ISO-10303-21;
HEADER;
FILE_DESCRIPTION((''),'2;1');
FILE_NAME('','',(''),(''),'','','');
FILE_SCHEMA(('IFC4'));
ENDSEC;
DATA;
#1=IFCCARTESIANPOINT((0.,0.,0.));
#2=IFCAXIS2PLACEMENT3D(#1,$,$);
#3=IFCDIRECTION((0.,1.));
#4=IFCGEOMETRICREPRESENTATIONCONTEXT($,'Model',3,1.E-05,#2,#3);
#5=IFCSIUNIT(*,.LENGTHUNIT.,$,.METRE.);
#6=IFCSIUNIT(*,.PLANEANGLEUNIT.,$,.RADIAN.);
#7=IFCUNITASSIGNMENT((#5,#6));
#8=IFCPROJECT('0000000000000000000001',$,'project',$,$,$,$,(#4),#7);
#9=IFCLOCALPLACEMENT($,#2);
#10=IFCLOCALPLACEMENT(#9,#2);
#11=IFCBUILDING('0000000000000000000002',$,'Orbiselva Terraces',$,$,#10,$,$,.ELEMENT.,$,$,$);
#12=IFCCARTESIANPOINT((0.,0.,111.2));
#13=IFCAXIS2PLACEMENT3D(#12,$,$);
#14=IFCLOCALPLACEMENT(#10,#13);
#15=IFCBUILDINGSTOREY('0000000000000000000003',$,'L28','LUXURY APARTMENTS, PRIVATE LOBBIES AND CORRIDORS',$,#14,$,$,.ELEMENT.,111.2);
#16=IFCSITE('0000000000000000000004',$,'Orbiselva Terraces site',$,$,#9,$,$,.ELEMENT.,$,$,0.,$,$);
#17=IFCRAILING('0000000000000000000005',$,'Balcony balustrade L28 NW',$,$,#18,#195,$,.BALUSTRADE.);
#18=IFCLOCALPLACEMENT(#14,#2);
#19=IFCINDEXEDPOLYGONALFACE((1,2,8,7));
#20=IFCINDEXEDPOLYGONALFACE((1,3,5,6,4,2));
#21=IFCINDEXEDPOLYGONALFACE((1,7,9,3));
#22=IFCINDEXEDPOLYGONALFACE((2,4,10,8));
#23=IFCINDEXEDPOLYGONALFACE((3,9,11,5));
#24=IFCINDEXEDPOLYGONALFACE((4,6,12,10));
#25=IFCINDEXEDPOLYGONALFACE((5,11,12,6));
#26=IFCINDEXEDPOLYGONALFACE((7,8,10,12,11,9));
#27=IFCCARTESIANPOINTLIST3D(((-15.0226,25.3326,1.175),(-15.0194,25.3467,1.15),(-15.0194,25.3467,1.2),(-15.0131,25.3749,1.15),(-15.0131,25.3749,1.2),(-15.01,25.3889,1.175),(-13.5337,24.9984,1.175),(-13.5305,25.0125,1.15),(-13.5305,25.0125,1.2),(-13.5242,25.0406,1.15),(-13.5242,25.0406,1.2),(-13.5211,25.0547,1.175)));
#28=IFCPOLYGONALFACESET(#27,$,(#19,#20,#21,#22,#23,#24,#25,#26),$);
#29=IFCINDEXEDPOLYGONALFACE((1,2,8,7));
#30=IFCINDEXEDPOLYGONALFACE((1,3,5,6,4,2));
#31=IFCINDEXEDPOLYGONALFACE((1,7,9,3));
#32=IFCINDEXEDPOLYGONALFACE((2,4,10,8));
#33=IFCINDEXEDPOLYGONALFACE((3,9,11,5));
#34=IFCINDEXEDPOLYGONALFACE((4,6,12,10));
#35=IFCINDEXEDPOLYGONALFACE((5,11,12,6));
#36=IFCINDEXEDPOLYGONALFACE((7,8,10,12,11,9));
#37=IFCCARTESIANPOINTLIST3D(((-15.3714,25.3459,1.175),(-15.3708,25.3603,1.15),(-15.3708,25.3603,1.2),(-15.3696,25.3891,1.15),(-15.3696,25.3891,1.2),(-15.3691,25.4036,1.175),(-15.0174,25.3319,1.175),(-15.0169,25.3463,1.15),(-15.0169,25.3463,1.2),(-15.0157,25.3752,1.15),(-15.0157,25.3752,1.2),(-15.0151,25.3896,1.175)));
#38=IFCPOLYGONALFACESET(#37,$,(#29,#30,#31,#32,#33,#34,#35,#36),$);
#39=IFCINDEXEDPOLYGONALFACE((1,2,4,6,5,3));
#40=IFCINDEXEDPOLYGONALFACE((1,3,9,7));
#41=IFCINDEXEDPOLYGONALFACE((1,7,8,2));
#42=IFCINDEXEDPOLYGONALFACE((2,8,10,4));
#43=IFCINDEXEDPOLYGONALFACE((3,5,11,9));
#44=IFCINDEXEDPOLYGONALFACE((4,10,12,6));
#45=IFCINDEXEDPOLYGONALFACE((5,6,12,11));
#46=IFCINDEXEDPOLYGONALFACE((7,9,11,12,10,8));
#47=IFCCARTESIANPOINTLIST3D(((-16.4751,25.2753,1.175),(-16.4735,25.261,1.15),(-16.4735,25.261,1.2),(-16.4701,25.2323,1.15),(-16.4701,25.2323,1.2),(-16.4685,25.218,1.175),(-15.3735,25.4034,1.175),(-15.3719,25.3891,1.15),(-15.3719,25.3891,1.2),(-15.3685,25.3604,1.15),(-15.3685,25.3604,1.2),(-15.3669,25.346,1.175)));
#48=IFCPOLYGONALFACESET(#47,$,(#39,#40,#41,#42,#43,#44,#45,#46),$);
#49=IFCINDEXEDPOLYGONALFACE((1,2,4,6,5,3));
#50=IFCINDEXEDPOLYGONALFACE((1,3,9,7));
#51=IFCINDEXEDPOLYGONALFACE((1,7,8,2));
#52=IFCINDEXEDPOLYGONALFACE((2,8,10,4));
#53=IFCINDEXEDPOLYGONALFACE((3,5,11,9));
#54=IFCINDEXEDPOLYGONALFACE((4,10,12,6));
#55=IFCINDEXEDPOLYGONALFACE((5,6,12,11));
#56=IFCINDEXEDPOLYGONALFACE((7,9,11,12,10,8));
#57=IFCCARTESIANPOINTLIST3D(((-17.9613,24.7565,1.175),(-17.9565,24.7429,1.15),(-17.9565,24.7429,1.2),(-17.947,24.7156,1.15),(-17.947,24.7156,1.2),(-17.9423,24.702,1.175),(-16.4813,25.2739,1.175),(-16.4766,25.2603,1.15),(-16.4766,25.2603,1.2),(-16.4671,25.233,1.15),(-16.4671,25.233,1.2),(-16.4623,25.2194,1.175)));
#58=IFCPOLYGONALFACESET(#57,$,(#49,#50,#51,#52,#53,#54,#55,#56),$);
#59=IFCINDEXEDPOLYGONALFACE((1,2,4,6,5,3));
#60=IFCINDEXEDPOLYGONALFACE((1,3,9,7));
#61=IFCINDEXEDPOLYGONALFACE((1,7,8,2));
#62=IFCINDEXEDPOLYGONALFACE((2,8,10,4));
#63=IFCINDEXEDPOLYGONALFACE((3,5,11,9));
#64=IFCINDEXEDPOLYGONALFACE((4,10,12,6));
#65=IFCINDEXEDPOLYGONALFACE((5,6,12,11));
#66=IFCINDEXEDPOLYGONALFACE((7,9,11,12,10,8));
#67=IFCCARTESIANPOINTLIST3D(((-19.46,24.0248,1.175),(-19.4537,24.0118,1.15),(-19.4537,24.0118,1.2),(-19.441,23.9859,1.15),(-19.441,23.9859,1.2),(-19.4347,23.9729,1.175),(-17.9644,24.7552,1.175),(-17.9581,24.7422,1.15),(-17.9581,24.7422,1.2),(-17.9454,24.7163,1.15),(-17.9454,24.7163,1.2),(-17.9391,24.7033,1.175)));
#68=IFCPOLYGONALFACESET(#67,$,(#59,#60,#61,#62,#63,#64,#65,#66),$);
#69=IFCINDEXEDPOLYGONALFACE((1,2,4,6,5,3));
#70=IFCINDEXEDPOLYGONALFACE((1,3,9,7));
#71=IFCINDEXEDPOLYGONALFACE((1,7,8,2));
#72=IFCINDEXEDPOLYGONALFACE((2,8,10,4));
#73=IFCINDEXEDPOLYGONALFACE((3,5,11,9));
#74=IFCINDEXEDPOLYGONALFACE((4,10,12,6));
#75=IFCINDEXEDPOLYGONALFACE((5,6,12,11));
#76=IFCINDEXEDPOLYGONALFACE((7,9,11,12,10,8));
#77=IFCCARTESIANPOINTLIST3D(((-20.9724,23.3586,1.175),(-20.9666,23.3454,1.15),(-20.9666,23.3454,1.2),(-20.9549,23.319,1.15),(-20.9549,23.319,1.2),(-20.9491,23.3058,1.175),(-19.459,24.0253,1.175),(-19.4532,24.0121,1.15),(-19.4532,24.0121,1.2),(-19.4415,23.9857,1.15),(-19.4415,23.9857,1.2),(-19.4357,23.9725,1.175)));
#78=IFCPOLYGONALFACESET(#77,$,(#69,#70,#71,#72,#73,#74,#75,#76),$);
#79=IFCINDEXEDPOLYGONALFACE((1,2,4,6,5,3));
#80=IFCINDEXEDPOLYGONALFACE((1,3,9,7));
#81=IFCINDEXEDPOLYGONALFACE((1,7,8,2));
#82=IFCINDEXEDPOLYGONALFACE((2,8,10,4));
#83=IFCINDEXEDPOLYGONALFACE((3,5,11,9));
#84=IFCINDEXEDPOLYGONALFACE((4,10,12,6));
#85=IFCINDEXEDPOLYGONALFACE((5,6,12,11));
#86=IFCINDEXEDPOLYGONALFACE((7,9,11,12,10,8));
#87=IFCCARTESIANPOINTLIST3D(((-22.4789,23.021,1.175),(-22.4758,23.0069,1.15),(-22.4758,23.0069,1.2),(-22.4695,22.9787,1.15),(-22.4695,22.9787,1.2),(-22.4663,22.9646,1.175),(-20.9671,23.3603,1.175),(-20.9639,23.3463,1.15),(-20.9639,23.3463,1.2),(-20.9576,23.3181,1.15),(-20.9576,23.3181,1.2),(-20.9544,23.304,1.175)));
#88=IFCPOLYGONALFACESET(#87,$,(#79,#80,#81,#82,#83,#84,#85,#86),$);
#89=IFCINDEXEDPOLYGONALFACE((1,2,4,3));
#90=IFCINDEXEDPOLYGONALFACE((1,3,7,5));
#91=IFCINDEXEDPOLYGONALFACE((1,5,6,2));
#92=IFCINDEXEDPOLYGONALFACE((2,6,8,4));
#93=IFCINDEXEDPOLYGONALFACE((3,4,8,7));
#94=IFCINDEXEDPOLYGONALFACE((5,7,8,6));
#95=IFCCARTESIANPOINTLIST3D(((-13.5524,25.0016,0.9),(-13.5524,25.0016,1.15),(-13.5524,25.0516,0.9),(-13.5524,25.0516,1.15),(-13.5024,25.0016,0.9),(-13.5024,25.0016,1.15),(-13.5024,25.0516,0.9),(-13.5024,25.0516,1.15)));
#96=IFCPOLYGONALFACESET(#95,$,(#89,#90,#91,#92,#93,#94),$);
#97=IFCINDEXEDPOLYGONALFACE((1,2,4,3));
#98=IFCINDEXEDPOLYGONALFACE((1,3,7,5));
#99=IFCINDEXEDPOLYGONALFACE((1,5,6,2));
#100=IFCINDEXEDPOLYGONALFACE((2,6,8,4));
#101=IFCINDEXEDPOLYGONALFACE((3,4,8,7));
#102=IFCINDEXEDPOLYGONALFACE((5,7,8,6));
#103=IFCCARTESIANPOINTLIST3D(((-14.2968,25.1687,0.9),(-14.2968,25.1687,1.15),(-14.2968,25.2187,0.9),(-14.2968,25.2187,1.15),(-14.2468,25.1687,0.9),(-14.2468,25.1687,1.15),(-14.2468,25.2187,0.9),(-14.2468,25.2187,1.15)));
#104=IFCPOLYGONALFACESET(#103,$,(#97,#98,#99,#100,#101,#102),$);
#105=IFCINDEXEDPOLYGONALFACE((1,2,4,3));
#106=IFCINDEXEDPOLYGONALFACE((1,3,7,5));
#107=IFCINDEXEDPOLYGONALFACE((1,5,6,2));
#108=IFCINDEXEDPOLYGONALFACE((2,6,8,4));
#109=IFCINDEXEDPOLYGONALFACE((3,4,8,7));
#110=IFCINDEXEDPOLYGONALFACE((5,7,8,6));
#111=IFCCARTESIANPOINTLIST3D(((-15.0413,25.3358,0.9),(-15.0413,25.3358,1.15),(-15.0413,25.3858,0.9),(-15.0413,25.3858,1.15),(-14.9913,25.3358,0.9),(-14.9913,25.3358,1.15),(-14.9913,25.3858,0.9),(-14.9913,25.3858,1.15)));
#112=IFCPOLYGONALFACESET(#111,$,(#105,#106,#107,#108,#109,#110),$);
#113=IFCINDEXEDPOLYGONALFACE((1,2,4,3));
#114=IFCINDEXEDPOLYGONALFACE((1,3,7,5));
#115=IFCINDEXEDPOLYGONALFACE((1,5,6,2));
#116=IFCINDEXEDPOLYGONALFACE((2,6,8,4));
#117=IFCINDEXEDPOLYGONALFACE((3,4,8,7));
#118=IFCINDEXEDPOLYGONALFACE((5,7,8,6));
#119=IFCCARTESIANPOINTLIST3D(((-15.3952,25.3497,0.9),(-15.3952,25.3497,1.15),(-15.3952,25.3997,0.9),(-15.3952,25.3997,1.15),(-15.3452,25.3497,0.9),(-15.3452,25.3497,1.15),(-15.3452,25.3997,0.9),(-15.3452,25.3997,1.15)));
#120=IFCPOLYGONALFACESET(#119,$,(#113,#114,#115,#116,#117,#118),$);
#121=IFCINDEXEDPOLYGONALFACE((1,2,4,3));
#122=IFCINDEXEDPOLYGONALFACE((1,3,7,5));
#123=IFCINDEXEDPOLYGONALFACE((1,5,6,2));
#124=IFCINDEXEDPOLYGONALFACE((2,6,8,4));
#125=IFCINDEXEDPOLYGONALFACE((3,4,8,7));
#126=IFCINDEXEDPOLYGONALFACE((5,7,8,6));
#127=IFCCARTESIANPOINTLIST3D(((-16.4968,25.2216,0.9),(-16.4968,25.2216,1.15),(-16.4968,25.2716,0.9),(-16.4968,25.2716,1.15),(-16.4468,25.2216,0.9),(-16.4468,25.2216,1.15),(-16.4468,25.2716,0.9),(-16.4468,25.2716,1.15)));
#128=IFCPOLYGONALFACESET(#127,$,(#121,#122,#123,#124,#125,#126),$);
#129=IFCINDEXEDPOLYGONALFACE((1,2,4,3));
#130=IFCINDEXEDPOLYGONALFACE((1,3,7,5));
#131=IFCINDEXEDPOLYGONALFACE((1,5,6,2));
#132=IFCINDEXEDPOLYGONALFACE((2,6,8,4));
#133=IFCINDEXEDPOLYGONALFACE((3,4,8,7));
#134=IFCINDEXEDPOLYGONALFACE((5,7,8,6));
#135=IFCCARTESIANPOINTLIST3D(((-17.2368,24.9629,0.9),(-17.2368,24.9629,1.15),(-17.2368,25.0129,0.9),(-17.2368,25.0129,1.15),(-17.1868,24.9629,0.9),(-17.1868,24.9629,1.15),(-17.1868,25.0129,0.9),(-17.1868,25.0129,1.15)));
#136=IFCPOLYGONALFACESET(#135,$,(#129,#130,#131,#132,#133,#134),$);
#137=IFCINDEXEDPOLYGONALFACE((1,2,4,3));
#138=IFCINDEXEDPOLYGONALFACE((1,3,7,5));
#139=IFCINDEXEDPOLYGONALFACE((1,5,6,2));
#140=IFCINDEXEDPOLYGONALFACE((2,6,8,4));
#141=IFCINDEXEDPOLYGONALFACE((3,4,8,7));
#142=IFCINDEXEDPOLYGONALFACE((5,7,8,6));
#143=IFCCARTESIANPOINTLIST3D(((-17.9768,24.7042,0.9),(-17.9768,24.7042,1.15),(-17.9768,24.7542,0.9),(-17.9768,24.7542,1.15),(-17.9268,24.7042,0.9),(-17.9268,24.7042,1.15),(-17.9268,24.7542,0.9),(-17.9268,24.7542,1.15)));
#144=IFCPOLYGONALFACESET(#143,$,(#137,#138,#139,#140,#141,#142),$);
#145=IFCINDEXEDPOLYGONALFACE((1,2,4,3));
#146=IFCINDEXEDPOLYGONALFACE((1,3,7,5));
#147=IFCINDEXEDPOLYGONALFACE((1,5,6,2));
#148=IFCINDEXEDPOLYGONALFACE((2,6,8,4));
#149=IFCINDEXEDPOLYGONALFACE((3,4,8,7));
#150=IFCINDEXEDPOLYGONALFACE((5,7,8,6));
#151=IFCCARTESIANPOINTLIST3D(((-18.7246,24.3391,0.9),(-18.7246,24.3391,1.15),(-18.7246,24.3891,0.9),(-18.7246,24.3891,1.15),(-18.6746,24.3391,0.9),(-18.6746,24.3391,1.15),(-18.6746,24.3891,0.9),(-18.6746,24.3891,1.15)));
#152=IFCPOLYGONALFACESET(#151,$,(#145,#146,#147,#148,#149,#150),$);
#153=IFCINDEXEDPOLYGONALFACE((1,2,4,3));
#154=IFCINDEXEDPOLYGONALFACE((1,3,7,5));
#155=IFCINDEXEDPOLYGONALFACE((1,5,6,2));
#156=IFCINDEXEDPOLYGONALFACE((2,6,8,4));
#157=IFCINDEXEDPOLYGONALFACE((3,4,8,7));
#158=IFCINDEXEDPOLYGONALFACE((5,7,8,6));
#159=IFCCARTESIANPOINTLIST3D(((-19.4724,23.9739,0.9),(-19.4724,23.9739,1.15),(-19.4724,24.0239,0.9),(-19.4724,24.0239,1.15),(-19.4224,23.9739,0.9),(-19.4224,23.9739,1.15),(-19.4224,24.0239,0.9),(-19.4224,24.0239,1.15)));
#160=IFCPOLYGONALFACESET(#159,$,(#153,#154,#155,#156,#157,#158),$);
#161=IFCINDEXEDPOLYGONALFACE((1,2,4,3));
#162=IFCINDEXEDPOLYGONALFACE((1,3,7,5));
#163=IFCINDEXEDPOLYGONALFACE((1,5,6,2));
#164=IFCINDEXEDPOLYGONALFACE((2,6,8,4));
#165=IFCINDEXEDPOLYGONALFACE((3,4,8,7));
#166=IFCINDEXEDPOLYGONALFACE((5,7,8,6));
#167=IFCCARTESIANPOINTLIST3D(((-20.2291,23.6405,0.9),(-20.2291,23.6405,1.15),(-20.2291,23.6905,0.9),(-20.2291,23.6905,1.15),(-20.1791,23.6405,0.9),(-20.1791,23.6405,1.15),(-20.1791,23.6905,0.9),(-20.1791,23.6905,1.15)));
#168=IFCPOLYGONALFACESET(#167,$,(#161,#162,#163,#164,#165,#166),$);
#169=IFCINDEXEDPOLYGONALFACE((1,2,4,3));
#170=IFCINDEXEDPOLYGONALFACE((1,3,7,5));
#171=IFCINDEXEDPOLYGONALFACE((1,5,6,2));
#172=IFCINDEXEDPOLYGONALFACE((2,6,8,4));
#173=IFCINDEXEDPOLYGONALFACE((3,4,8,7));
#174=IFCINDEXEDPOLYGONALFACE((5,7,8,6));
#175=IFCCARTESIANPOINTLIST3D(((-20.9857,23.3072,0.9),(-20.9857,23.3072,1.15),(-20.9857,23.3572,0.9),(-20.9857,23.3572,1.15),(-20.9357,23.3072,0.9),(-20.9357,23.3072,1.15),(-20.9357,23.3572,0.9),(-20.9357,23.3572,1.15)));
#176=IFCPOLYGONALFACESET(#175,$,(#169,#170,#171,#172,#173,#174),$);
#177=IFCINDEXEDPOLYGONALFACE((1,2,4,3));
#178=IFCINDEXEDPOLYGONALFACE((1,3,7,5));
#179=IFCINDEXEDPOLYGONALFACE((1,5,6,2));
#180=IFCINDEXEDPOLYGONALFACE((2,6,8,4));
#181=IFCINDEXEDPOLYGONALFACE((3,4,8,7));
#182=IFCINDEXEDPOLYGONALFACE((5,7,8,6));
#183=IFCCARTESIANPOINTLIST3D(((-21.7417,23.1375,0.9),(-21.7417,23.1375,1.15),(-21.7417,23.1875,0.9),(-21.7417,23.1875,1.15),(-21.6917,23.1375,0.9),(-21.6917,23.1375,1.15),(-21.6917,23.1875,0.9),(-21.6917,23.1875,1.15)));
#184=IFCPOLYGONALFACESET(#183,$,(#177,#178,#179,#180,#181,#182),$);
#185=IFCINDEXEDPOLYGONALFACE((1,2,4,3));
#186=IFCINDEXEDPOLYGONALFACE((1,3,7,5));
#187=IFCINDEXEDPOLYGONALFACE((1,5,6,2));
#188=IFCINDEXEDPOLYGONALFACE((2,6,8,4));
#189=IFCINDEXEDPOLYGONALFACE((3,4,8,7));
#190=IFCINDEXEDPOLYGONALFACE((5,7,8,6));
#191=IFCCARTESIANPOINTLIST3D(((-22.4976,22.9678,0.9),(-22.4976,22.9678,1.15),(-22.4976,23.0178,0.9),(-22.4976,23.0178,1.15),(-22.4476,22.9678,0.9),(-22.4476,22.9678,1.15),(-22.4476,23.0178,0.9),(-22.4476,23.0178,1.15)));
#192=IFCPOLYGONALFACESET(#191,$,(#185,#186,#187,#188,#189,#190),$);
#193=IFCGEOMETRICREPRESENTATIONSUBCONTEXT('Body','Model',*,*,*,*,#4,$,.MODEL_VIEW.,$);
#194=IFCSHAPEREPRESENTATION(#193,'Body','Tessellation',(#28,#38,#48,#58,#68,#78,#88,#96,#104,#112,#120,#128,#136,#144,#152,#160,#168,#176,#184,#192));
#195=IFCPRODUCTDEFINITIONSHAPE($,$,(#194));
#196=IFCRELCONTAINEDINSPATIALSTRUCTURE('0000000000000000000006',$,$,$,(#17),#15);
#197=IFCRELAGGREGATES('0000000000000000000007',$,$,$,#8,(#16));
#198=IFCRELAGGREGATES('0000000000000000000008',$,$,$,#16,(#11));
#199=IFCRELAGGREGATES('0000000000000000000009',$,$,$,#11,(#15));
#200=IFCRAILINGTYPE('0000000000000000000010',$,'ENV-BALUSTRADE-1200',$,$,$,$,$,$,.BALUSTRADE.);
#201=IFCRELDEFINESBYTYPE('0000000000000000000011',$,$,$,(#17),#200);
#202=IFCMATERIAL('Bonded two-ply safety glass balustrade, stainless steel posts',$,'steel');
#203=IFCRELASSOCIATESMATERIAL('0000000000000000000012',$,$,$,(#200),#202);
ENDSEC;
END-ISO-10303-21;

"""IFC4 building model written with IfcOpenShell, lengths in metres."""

from ifc_helpers import new_model, si_unit, direction, frame, origin, origin_2d, place, context, subcontext, project, spatial, polyline, rectangle, outline, extrude, material, type_object, element, save


model = new_model("IFC4")

# Units and contexts
model_context = context("Model", 3, precision=1e-05, world=origin(), true_north=direction((0.0, 1.0)))
body_context = subcontext(model_context, "Body", "Model", "MODEL_VIEW")
ifc_project = project(units=[si_unit("LENGTHUNIT", "METRE"), si_unit("PLANEANGLEUNIT", "RADIAN")], contexts=[model_context])

# Site, building, storey
site_placement = place(None, origin())
site = spatial("IfcSite", under=ifc_project, at=site_placement, Name="Orbiselva Terraces site", CompositionType="ELEMENT", RefElevation=0.0)
building_placement = place(site_placement, origin())
building = spatial("IfcBuilding", under=site, at=building_placement, Name="Orbiselva Terraces", CompositionType="ELEMENT")
storey_placement = place(building_placement, frame((0.0, 0.0, 111.2)))
storey = spatial("IfcBuildingStorey", under=building, at=storey_placement, Name="L28", Description="LUXURY APARTMENTS, PRIVATE LOBBIES AND CORRIDORS", CompositionType="ELEMENT", Elevation=111.2)

# Railing
ifc_material_1 = material(Name="Bonded two-ply safety glass balustrade, stainless steel posts", Category="steel")
railing_type_1 = type_object("IfcRailingType", Name="ENV-BALUSTRADE-1200", PredefinedType="BALUSTRADE", material=ifc_material_1)
railing_1_placement = place(storey_placement, frame((-13.5274, 25.0266, 0.9)))
element("IfcRailing", 1, at=railing_1_placement, inside=storey, type_object=railing_type_1, Name="Balcony balustrade L28 NW", PredefinedType="BALUSTRADE", context=body_context, shape_type="SweptSolid", body=[
    extrude(outline(polyline([(0.0289, 0.0), (0.0144, 0.025), (-0.0144, 0.025), (-0.0289, 0.0), (-0.0144, -0.025), (0.0144, -0.025), (0.0289, 0.0)])), frame((0.0, 0.0, 0.275), z_axis=(-0.975721, 0.219016, 0.0), x_axis=(-0.219016, -0.975721, 0.0)), (0.0, 0.0, 1.0), 1.526),
    extrude(outline(polyline([(0.0289, 0.0), (0.0144, 0.025), (-0.0144, 0.025), (-0.0289, 0.0), (-0.0144, -0.025), (0.0144, -0.025), (0.0289, 0.0)])), frame((-1.4889, 0.3342, 0.275), z_axis=(-0.999225, 0.039364, 0.0), x_axis=(-0.039364, -0.999225, 0.0)), (0.0, 0.0, 1.0), 0.3542),
    extrude(outline(polyline([(0.0289, 0.0), (0.0144, 0.025), (-0.0144, 0.025), (-0.0289, 0.0), (-0.0144, -0.025), (0.0144, -0.025), (0.0289, 0.0)])), frame((-1.8428, 0.3482, 0.275), z_axis=(-0.99331, -0.115481, 0.0), x_axis=(0.115481, -0.99331, 0.0)), (0.0, 0.0, 1.0), 1.109),
    extrude(outline(polyline([(0.0289, 0.0), (0.0144, 0.025), (-0.0144, 0.025), (-0.0289, 0.0), (-0.0144, -0.025), (0.0144, -0.025), (0.0289, 0.0)])), frame((-2.9444, 0.2201, 0.275), z_axis=(-0.943972, -0.330025, 0.0), x_axis=(0.330025, -0.943972, 0.0)), (0.0, 0.0, 1.0), 1.5678),
    extrude(outline(polyline([(0.0289, 0.0), (0.0144, 0.025), (-0.0144, 0.025), (-0.0289, 0.0), (-0.0144, -0.025), (0.0144, -0.025), (0.0289, 0.0)])), frame((-4.4244, -0.2973, 0.275), z_axis=(-0.898579, -0.438812, 0.0), x_axis=(0.438812, -0.898579, 0.0)), (0.0, 0.0, 1.0), 1.6644),
    extrude(outline(polyline([(0.0289, 0.0), (0.0144, 0.025), (-0.0144, 0.025), (-0.0289, 0.0), (-0.0144, -0.025), (0.0144, -0.025), (0.0289, 0.0)])), frame((-5.92, -1.0277, 0.275), z_axis=(-0.915134, -0.403151, 0.0), x_axis=(0.403151, -0.915134, 0.0)), (0.0, 0.0, 1.0), 1.6537),
    extrude(outline(polyline([(0.0289, 0.0), (0.0144, 0.025), (-0.0144, 0.025), (-0.0289, 0.0), (-0.0144, -0.025), (0.0144, -0.025), (0.0289, 0.0)])), frame((-7.4334, -1.6944, 0.275), z_axis=(-0.975721, -0.219016, 0.0), x_axis=(0.219016, -0.975721, 0.0)), (0.0, 0.0, 1.0), 1.5495),
    extrude(rectangle(XDim=0.05, YDim=0.05, at=origin_2d()), origin(), (0.0, 0.0, 1.0), 0.25),
    extrude(rectangle(XDim=0.05, YDim=0.05, at=origin_2d()), frame((-0.7445, 0.1671, 0.0)), (0.0, 0.0, 1.0), 0.25),
    extrude(rectangle(XDim=0.05, YDim=0.05, at=origin_2d()), frame((-1.4889, 0.3342, 0.0)), (0.0, 0.0, 1.0), 0.25),
    extrude(rectangle(XDim=0.05, YDim=0.05, at=origin_2d()), frame((-1.8428, 0.3482, 0.0)), (0.0, 0.0, 1.0), 0.25),
    extrude(rectangle(XDim=0.05, YDim=0.05, at=origin_2d()), frame((-2.9444, 0.2201, 0.0)), (0.0, 0.0, 1.0), 0.25),
    extrude(rectangle(XDim=0.05, YDim=0.05, at=origin_2d()), frame((-3.6844, -0.0386, 0.0)), (0.0, 0.0, 1.0), 0.25),
    extrude(rectangle(XDim=0.05, YDim=0.05, at=origin_2d()), frame((-4.4244, -0.2973, 0.0)), (0.0, 0.0, 1.0), 0.25),
    extrude(rectangle(XDim=0.05, YDim=0.05, at=origin_2d()), frame((-5.1722, -0.6625, 0.0)), (0.0, 0.0, 1.0), 0.25),
    extrude(rectangle(XDim=0.05, YDim=0.05, at=origin_2d()), frame((-5.92, -1.0277, 0.0)), (0.0, 0.0, 1.0), 0.25),
    extrude(rectangle(XDim=0.05, YDim=0.05, at=origin_2d()), frame((-6.6767, -1.361, 0.0)), (0.0, 0.0, 1.0), 0.25),
    extrude(rectangle(XDim=0.05, YDim=0.05, at=origin_2d()), frame((-7.4334, -1.6944, 0.0)), (0.0, 0.0, 1.0), 0.25),
    extrude(rectangle(XDim=0.05, YDim=0.05, at=origin_2d()), frame((-8.1893, -1.8641, 0.0)), (0.0, 0.0, 1.0), 0.25),
    extrude(rectangle(XDim=0.05, YDim=0.05, at=origin_2d()), frame((-8.9452, -2.0338, 0.0)), (0.0, 0.0, 1.0), 0.25),
])

save(model, "model.ifc")
